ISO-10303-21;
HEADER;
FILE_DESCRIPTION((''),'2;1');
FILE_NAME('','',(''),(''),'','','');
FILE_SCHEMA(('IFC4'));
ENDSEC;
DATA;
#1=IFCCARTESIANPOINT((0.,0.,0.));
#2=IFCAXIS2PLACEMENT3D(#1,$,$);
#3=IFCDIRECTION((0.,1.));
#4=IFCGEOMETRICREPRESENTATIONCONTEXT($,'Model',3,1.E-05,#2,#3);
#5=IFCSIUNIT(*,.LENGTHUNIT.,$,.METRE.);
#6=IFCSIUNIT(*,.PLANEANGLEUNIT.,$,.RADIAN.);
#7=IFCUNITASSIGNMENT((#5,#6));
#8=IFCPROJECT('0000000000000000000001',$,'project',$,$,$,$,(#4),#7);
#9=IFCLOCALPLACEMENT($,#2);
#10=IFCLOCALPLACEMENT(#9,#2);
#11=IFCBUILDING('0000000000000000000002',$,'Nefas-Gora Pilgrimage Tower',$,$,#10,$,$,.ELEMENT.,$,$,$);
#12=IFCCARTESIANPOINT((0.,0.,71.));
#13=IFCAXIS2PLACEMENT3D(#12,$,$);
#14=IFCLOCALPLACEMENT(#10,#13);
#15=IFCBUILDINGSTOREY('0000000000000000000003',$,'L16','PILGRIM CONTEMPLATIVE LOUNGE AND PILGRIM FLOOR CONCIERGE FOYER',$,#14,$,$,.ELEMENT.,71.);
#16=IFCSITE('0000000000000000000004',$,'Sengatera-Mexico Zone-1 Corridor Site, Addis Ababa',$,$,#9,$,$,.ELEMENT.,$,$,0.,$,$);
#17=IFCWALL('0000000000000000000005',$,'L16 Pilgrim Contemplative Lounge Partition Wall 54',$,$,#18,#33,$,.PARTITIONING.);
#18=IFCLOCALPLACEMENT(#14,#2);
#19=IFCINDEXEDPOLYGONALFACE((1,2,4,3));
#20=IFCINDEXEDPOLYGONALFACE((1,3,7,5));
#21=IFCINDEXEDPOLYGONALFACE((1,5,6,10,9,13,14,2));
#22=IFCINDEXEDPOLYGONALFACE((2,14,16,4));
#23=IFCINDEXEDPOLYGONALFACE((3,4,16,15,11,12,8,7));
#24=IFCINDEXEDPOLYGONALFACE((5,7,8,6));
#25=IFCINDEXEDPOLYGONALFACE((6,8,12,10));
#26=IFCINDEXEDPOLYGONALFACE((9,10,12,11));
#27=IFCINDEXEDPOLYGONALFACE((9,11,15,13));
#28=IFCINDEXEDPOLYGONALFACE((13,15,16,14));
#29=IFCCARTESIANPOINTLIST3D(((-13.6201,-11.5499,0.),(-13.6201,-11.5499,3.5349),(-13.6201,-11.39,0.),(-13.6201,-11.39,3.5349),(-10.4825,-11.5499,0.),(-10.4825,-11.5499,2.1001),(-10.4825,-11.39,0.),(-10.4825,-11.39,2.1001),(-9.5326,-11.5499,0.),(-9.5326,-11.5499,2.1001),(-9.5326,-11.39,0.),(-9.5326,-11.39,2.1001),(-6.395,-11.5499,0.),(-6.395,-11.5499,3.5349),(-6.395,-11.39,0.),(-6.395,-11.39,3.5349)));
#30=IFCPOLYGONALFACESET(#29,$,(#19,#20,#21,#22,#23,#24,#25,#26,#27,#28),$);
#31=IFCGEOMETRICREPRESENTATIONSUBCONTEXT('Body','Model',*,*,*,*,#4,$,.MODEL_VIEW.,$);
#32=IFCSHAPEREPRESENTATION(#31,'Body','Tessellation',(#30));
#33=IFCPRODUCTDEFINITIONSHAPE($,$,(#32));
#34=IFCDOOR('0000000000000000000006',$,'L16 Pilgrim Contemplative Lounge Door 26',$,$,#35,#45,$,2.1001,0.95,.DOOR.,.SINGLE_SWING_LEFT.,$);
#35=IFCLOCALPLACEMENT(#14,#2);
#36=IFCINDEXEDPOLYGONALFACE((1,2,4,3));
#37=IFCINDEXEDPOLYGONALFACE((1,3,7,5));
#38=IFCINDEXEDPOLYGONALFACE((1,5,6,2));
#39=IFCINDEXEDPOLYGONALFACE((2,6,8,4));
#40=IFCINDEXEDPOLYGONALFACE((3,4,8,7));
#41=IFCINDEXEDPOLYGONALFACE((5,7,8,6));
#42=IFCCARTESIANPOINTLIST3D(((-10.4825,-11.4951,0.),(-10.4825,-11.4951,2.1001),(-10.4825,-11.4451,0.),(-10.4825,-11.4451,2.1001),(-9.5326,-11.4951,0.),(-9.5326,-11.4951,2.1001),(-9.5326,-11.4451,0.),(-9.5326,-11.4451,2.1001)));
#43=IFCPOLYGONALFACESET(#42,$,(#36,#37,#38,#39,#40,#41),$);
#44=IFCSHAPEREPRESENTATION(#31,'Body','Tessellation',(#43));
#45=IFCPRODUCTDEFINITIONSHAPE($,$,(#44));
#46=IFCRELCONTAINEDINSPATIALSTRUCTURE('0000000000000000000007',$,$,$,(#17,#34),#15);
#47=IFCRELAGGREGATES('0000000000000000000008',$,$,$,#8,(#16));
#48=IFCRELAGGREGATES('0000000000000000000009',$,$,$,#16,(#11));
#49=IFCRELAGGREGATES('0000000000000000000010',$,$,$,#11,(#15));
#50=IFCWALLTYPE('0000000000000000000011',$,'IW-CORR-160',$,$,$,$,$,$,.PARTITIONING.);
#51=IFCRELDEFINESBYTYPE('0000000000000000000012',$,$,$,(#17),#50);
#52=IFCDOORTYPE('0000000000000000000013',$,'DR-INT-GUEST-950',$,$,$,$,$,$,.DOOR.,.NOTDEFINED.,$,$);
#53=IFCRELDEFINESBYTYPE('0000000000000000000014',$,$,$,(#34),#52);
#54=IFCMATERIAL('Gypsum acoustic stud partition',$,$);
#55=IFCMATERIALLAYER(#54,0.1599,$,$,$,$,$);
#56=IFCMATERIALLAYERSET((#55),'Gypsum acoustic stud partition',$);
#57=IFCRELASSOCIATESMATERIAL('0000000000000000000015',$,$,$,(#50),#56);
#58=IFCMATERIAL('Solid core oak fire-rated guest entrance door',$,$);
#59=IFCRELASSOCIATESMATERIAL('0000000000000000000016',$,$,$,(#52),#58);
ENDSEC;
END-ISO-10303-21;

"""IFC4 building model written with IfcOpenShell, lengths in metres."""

from ifc_helpers import new_model, si_unit, direction, frame, frame_2d, origin, place, context, subcontext, project, spatial, rectangle, extrude, source, transform, mapped, material, layer, layer_set, type_object, element, fill, save


model = new_model("IFC4")

# Units and contexts
model_context = context("Model", 3, precision=1e-05, world=origin(), true_north=direction((0.0, 1.0)))
body_context = subcontext(model_context, "Body", "Model", "MODEL_VIEW")
ifc_project = project(units=[si_unit("LENGTHUNIT", "METRE"), si_unit("PLANEANGLEUNIT", "RADIAN")], contexts=[model_context])

# Site, building, storey
site_placement = place(None, origin())
site = spatial("IfcSite", under=ifc_project, at=site_placement, Name="Sengatera-Mexico Zone-1 Corridor Site, Addis Ababa", CompositionType="ELEMENT", RefElevation=0.0)
building_placement = place(site_placement, origin())
building = spatial("IfcBuilding", under=site, at=building_placement, Name="Nefas-Gora Pilgrimage Tower", CompositionType="ELEMENT")
storey_placement = place(building_placement, frame((0.0, 0.0, 71.0)))
storey = spatial("IfcBuildingStorey", under=building, at=storey_placement, Name="L16", Description="PILGRIM CONTEMPLATIVE LOUNGE AND PILGRIM FLOOR CONCIERGE FOYER", CompositionType="ELEMENT", Elevation=71.0)

# Wall, opening, door
ifc_material_1 = material(Name="Gypsum acoustic stud partition")
ifc_layer_1 = layer(ifc_material_1, 0.1599)
ifc_layer_set_1 = layer_set([ifc_layer_1], Name="Gypsum acoustic stud partition")
wall_type_1 = type_object("IfcWallType", Name="IW-CORR-160", PredefinedType="PARTITIONING", material=ifc_layer_set_1)
ifc_material_2 = material(Name="Solid core oak fire-rated guest entrance door")
door_type = type_object("IfcDoorType", Name="DR-INT-GUEST-950", OperationType="NOTDEFINED", PredefinedType="DOOR", material=ifc_material_2)
shared_shape_1 = source(origin(), body_context, "Body", "SweptSolid", [
    extrude(rectangle(XDim=0.95, YDim=2.1001, at=frame_2d((0.4751, 1.05))), frame((0.0, 0.0249, 0.0), z_axis=(0.0, -1.0, 0.0), x_axis=(1.0, 0.0, 0.0)), (0.0, 0.0, 1.0), 0.05),
])
shared_shape_2 = source(origin(), body_context, "Body", "SweptSolid", [
    extrude(rectangle(XDim=7.2251, YDim=0.1599, at=frame_2d((3.6125, 0.0))), origin(), (0.0, 0.0, 1.0), 3.5349),
])
wall_1_placement = place(storey_placement, frame((-13.6201, -11.47, 0.0), z_axis=(0.0, 0.0, 1.0), x_axis=(1.0, 0.0, 0.0)))
wall_1 = element("IfcWall", 1, at=wall_1_placement, inside=storey, type_object=wall_type_1, Name="L16 Pilgrim Contemplative Lounge Partition Wall 54", PredefinedType="PARTITIONING", context=body_context, shape_type="MappedRepresentation", body=[
    mapped(shared_shape_2, transform((0.0, 0.0, 0.0), x_axis=(1.0, 0.0, 0.0), y_axis=(0.0, 1.0, 0.0), z_axis=(0.0, 0.0, 1.0), scale=1.0)),
])
opening_1_placement = place(wall_1_placement, frame((3.1375, 0.0, 0.0)))
opening_1 = element("IfcOpeningElement", 2, at=opening_1_placement, cuts=wall_1, PredefinedType="OPENING", context=body_context, shape_type="SweptSolid", body=[
    extrude(rectangle(XDim=0.95, YDim=2.1001, at=frame_2d((0.4751, 1.05))), frame((0.0, 0.0898, 0.0), z_axis=(0.0, -1.0, 0.0), x_axis=(1.0, 0.0, 0.0)), (0.0, 0.0, 1.0), 0.1799),
])
door_1_placement = place(opening_1_placement, origin())
door_1 = element("IfcDoor", 3, at=door_1_placement, inside=storey, type_object=door_type, Name="L16 Pilgrim Contemplative Lounge Door 26", OperationType="SINGLE_SWING_LEFT", OverallHeight=2.1001, OverallWidth=0.95, PredefinedType="DOOR", context=body_context, shape_type="MappedRepresentation", body=[
    mapped(shared_shape_1, transform((0.0, 0.0, 0.0), x_axis=(1.0, 0.0, 0.0), y_axis=(0.0, 1.0, 0.0), z_axis=(0.0, 0.0, 1.0), scale=1.0)),
])
fill(opening_1, door_1)

save(model, "model.ifc")
